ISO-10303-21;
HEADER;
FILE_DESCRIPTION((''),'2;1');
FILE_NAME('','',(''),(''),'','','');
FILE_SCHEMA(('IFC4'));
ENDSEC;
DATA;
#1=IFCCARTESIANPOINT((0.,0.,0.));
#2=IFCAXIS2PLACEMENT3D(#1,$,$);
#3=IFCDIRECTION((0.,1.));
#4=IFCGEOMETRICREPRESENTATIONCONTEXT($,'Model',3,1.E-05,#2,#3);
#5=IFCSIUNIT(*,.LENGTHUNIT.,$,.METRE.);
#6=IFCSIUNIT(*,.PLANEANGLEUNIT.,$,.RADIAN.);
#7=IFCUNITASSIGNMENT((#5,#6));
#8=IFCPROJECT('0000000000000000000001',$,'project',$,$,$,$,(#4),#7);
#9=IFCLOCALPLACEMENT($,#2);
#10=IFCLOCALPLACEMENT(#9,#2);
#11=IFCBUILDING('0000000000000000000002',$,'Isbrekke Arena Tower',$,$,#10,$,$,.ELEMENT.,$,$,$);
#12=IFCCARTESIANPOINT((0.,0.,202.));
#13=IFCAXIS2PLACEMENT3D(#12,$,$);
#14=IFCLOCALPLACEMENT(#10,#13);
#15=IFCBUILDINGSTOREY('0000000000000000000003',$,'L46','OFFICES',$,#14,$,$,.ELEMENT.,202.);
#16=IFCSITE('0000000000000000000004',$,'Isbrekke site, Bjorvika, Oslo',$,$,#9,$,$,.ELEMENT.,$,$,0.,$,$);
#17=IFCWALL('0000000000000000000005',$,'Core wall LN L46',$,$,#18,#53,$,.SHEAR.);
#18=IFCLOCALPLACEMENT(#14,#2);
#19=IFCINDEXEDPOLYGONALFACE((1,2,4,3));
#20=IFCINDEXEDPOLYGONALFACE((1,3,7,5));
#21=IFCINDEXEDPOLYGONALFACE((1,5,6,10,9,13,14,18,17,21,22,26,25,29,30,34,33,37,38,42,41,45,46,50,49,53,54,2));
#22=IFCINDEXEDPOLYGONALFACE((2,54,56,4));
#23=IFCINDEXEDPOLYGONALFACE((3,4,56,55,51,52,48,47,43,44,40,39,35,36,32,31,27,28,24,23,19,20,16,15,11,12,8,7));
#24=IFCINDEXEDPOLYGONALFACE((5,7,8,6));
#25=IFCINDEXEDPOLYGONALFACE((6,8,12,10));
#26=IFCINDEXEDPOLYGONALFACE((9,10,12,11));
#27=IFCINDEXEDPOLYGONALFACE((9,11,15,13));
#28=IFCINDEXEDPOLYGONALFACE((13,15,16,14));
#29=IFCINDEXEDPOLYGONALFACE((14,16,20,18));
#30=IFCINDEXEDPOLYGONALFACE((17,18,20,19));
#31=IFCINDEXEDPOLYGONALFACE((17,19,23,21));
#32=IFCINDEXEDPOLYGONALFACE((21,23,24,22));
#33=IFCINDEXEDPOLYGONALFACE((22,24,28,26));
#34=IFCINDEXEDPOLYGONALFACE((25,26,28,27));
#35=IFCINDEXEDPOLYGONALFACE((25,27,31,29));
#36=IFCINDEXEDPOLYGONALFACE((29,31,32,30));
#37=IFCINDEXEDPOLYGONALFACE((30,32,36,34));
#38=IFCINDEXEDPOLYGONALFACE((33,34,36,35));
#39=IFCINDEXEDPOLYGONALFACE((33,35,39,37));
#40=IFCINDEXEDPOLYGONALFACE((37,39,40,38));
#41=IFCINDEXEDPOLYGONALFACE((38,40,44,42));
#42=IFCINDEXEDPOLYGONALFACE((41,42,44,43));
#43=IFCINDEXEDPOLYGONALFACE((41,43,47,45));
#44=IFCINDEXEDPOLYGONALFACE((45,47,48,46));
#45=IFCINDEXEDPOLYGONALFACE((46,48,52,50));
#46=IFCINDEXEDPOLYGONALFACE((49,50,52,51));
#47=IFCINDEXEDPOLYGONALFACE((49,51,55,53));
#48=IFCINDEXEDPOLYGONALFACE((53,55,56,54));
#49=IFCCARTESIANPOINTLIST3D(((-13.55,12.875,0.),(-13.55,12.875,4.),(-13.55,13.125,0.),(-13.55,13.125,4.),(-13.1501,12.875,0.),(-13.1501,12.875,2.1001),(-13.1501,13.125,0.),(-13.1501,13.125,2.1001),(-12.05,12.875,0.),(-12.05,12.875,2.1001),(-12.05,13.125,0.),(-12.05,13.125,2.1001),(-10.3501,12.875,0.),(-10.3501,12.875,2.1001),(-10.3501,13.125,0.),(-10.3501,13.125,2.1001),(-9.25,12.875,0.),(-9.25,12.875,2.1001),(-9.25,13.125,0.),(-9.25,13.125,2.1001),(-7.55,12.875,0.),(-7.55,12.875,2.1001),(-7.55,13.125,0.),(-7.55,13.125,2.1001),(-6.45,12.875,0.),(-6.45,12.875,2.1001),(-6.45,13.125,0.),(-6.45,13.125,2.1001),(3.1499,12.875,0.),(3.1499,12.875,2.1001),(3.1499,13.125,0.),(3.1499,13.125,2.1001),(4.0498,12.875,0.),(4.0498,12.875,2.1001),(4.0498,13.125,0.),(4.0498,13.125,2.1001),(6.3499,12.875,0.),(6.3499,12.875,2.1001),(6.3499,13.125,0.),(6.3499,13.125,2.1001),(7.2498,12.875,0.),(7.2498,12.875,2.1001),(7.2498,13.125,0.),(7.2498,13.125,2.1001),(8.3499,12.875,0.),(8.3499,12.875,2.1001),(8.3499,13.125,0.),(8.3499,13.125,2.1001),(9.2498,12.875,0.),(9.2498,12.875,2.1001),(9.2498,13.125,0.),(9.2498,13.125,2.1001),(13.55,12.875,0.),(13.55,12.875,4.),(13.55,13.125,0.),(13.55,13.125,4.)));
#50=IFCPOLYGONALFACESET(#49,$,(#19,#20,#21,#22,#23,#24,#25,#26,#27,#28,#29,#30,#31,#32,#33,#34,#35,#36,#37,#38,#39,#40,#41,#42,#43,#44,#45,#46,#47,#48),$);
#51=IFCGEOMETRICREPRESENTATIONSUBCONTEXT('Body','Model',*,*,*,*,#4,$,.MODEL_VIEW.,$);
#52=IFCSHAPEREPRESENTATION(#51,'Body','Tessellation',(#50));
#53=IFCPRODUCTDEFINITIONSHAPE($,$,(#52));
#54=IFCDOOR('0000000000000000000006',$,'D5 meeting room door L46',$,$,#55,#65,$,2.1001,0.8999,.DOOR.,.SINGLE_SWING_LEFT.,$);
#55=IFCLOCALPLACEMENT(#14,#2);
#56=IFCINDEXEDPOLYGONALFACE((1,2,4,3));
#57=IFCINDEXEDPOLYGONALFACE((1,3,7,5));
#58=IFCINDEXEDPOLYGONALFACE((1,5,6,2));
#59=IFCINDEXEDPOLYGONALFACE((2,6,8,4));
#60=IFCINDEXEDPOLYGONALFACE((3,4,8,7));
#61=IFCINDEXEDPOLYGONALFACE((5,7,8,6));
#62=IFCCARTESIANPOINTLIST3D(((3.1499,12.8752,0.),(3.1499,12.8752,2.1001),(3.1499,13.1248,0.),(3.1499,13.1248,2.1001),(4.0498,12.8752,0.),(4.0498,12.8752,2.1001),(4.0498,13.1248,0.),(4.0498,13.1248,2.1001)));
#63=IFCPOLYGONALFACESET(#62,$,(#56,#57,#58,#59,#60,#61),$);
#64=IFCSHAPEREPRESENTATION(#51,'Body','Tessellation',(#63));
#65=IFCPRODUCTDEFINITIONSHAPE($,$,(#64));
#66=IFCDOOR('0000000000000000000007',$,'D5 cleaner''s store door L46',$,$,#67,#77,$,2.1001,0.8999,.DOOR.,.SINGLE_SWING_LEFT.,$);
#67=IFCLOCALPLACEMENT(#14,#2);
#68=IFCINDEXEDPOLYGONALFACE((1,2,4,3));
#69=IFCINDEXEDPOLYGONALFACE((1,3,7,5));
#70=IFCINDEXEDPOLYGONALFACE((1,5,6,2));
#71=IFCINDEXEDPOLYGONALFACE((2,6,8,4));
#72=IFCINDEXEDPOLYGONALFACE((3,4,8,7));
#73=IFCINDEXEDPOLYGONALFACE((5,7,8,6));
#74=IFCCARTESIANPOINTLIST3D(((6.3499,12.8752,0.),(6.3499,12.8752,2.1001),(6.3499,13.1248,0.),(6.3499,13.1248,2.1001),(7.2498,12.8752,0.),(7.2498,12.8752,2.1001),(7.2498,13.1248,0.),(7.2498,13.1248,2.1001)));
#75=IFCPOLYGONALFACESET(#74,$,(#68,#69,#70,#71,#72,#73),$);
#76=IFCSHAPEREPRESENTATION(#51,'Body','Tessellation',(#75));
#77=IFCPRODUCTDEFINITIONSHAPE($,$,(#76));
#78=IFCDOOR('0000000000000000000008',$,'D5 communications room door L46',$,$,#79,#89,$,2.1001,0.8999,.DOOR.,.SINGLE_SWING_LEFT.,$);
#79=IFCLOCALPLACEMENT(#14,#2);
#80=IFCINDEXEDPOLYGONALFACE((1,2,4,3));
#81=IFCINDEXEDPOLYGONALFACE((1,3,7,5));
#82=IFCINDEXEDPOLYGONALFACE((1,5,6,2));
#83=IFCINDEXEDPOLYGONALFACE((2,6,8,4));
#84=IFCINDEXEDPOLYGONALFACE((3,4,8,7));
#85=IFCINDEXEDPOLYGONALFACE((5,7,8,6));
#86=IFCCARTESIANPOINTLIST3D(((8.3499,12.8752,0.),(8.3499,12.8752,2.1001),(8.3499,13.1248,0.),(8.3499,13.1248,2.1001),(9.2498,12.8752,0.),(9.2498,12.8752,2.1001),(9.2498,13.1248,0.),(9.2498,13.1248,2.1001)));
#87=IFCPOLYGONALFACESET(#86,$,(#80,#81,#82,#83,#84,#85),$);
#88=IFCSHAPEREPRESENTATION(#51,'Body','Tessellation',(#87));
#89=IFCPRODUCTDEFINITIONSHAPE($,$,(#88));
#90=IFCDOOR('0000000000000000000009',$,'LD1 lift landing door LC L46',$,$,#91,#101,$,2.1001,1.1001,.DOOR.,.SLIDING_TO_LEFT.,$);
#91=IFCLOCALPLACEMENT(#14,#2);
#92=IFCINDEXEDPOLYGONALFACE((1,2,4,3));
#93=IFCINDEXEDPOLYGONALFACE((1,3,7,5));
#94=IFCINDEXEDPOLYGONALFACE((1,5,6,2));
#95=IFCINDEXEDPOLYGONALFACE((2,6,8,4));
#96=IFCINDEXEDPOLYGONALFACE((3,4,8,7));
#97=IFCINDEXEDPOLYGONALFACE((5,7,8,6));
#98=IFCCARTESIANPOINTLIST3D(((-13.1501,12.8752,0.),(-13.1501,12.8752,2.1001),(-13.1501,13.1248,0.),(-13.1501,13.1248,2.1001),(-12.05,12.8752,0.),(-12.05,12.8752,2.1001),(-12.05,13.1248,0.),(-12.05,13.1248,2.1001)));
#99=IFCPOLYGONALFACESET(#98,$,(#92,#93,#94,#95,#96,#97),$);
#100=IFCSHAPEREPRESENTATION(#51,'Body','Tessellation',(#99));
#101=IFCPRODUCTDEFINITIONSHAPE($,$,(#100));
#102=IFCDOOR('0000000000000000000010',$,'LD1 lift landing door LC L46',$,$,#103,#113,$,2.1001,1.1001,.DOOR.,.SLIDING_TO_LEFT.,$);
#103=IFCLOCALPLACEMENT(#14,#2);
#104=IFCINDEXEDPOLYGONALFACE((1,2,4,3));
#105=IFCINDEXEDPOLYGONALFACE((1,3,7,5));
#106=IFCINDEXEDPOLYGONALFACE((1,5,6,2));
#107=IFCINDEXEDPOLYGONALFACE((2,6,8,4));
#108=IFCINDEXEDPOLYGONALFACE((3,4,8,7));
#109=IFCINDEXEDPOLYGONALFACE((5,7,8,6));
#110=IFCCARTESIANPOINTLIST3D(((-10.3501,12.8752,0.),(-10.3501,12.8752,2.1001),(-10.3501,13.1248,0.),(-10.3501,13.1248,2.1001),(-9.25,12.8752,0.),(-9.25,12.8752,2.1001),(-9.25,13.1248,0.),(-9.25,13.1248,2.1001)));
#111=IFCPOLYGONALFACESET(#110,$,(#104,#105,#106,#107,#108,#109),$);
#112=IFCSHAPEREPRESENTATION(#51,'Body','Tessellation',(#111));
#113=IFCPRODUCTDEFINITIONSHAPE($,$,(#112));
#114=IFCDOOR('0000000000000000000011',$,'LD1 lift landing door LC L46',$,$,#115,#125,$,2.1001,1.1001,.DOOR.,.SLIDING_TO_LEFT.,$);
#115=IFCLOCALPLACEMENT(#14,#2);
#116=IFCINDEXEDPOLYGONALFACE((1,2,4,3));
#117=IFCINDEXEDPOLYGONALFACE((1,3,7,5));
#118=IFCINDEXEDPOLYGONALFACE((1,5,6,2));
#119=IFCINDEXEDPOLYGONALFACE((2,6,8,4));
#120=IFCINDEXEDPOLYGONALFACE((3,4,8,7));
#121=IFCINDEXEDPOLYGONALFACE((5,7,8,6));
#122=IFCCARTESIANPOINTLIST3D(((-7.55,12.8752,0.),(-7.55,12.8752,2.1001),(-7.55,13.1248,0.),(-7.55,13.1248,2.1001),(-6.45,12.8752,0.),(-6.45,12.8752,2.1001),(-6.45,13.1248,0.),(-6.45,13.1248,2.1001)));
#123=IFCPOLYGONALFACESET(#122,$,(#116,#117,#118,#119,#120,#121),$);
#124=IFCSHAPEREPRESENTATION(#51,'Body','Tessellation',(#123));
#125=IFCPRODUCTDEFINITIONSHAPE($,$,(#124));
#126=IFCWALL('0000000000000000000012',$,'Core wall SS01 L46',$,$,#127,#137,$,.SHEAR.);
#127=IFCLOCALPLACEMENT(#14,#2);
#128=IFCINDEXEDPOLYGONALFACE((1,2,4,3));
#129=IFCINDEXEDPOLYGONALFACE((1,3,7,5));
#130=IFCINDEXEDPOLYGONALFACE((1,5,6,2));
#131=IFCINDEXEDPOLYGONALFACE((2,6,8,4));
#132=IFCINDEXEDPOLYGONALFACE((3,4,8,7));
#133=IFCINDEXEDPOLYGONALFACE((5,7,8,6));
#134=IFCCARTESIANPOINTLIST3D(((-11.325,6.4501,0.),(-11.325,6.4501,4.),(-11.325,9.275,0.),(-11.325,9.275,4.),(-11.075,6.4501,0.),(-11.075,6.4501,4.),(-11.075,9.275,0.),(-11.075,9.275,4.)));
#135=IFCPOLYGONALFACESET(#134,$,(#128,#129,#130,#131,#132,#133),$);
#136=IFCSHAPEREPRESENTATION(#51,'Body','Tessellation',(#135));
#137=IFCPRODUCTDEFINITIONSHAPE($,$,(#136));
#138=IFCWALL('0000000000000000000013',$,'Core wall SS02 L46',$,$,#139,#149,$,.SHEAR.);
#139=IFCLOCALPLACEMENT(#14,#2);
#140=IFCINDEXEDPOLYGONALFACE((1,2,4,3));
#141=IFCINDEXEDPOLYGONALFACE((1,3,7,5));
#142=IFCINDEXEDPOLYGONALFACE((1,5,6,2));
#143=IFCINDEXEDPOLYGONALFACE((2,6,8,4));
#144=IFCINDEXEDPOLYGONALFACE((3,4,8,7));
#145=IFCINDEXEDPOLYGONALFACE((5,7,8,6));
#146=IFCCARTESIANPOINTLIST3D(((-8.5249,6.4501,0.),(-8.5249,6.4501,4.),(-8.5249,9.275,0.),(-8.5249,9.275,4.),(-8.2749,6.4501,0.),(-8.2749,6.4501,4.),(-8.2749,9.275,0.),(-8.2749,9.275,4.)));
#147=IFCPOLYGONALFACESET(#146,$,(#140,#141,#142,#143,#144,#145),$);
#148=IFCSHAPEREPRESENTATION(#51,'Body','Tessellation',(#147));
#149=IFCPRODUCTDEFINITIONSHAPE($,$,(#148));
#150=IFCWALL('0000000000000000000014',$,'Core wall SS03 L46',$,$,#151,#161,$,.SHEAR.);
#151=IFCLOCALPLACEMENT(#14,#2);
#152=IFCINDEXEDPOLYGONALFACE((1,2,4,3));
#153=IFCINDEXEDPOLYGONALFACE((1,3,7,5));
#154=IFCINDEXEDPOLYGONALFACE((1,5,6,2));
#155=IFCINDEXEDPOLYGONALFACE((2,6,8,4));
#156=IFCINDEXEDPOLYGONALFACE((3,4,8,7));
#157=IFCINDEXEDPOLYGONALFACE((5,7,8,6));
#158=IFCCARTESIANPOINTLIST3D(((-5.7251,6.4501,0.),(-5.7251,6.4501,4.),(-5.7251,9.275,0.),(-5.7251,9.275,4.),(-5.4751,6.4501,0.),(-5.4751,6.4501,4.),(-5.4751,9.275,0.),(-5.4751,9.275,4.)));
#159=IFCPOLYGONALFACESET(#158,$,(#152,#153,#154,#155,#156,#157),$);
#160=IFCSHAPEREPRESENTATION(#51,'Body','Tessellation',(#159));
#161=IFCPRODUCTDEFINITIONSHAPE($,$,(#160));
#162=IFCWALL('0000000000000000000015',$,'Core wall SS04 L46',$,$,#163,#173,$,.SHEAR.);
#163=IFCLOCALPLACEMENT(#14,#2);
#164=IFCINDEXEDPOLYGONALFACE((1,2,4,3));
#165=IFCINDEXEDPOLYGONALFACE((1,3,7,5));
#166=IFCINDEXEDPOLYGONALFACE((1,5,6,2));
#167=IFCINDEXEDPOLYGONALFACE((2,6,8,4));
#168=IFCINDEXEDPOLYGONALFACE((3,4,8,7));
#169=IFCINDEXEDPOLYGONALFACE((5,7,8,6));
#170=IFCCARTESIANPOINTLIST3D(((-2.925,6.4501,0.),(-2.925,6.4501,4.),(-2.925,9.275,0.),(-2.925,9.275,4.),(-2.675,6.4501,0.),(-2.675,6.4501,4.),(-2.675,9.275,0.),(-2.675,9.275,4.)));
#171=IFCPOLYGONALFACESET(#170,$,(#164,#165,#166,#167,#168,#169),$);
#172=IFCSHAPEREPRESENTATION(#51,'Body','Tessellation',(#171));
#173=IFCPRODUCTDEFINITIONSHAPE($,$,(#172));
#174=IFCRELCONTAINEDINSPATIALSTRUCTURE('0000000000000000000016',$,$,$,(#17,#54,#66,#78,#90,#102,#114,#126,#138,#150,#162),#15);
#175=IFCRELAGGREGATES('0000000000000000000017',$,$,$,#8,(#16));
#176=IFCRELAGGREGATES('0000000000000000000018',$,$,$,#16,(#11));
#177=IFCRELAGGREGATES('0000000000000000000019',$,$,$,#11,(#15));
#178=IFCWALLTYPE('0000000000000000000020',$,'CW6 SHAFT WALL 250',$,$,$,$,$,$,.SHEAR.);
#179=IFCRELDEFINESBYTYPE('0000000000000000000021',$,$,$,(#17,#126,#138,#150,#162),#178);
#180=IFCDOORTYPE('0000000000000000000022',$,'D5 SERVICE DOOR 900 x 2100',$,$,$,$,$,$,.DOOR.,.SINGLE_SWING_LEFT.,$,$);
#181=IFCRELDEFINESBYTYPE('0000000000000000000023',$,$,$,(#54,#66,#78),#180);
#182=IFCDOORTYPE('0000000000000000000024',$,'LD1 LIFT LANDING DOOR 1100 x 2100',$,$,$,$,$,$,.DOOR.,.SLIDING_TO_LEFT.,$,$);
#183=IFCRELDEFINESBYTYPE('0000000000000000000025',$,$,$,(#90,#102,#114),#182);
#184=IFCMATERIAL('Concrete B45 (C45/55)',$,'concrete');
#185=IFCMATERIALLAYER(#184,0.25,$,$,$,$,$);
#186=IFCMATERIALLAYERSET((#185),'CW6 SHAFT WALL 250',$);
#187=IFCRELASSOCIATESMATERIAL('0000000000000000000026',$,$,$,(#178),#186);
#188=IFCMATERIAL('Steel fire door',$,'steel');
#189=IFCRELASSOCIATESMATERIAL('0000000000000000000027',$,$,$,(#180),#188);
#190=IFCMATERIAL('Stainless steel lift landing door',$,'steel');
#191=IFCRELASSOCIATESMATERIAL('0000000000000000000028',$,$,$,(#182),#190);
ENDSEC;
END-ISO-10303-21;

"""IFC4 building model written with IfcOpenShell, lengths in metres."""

from ifc_helpers import new_model, si_unit, direction, frame, frame_2d, origin, place, context, subcontext, project, spatial, rectangle, extrude, material, layer, layer_set, type_object, element, fill, save


model = new_model("IFC4")

# Units and contexts
model_context = context("Model", 3, precision=1e-05, world=origin(), true_north=direction((0.0, 1.0)))
body_context = subcontext(model_context, "Body", "Model", "MODEL_VIEW")
ifc_project = project(units=[si_unit("LENGTHUNIT", "METRE"), si_unit("PLANEANGLEUNIT", "RADIAN")], contexts=[model_context])

# Site, building, storey
site_placement = place(None, origin())
site = spatial("IfcSite", under=ifc_project, at=site_placement, Name="Isbrekke site, Bjorvika, Oslo", CompositionType="ELEMENT", RefElevation=0.0)
building_placement = place(site_placement, origin())
building = spatial("IfcBuilding", under=site, at=building_placement, Name="Isbrekke Arena Tower", CompositionType="ELEMENT")
storey_placement = place(building_placement, frame((0.0, 0.0, 202.0)))
storey = spatial("IfcBuildingStorey", under=building, at=storey_placement, Name="L46", Description="OFFICES", CompositionType="ELEMENT", Elevation=202.0)

# Wall, openings, doors
ifc_material_1 = material(Name="Concrete B45 (C45/55)", Category="concrete")
ifc_layer_1 = layer(ifc_material_1, 0.25)
ifc_layer_set_1 = layer_set([ifc_layer_1], Name="CW6 SHAFT WALL 250")
wall_type_1 = type_object("IfcWallType", Name="CW6 SHAFT WALL 250", PredefinedType="SHEAR", material=ifc_layer_set_1)
ifc_material_2 = material(Name="Steel fire door", Category="steel")
door_type_1 = type_object("IfcDoorType", Name="D5 SERVICE DOOR 900 x 2100", OperationType="SINGLE_SWING_LEFT", PredefinedType="DOOR", material=ifc_material_2)
ifc_material_3 = material(Name="Stainless steel lift landing door", Category="steel")
door_type_2 = type_object("IfcDoorType", Name="LD1 LIFT LANDING DOOR 1100 x 2100", OperationType="SLIDING_TO_LEFT", PredefinedType="DOOR", material=ifc_material_3)
wall_1_placement = place(storey_placement, frame((-13.55, 13.0, 0.0), z_axis=(0.0, 0.0, 1.0), x_axis=(1.0, 0.0, 0.0)))
wall_1 = element("IfcWall", 1, at=wall_1_placement, inside=storey, type_object=wall_type_1, Name="Core wall LN L46", PredefinedType="SHEAR", context=body_context, shape_type="SweptSolid", body=[
    extrude(rectangle(XDim=27.1001, YDim=0.25, at=frame_2d((13.55, 0.0))), origin(), (0.0, 0.0, 1.0), 4.0),
])
opening_1_placement = place(wall_1_placement, frame((0.3999, 0.0, 0.0)))
opening_1 = element("IfcOpeningElement", 2, at=opening_1_placement, cuts=wall_1, PredefinedType="OPENING", context=body_context, shape_type="SweptSolid", body=[
    extrude(rectangle(XDim=1.1001, YDim=2.1001, at=frame_2d((0.55, 1.05))), frame((0.0, 0.1399, 0.0), z_axis=(0.0, -1.0, 0.0), x_axis=(1.0, 0.0, 0.0)), (0.0, 0.0, 1.0), 0.2798),
])
opening_2_placement = place(wall_1_placement, frame((3.2, 0.0, 0.0)))
opening_2 = element("IfcOpeningElement", 3, at=opening_2_placement, cuts=wall_1, PredefinedType="OPENING", context=body_context, shape_type="SweptSolid", body=[
    extrude(rectangle(XDim=1.1001, YDim=2.1001, at=frame_2d((0.55, 1.05))), frame((0.0, 0.1399, 0.0), z_axis=(0.0, -1.0, 0.0), x_axis=(1.0, 0.0, 0.0)), (0.0, 0.0, 1.0), 0.2798),
])
opening_3_placement = place(wall_1_placement, frame((6.0, 0.0, 0.0)))
opening_3 = element("IfcOpeningElement", 4, at=opening_3_placement, cuts=wall_1, PredefinedType="OPENING", context=body_context, shape_type="SweptSolid", body=[
    extrude(rectangle(XDim=1.1001, YDim=2.1001, at=frame_2d((0.55, 1.05))), frame((0.0, 0.1399, 0.0), z_axis=(0.0, -1.0, 0.0), x_axis=(1.0, 0.0, 0.0)), (0.0, 0.0, 1.0), 0.2798),
])
opening_4_placement = place(wall_1_placement, frame((16.7, 0.0, 0.0)))
opening_4 = element("IfcOpeningElement", 5, at=opening_4_placement, cuts=wall_1, PredefinedType="OPENING", context=body_context, shape_type="SweptSolid", body=[
    extrude(rectangle(XDim=0.8999, YDim=2.1001, at=frame_2d((0.45, 1.05))), frame((0.0, 0.1399, 0.0), z_axis=(0.0, -1.0, 0.0), x_axis=(1.0, 0.0, 0.0)), (0.0, 0.0, 1.0), 0.2798),
])
opening_5_placement = place(wall_1_placement, frame((19.8999, 0.0, 0.0)))
opening_5 = element("IfcOpeningElement", 6, at=opening_5_placement, cuts=wall_1, PredefinedType="OPENING", context=body_context, shape_type="SweptSolid", body=[
    extrude(rectangle(XDim=0.8999, YDim=2.1001, at=frame_2d((0.45, 1.05))), frame((0.0, 0.1399, 0.0), z_axis=(0.0, -1.0, 0.0), x_axis=(1.0, 0.0, 0.0)), (0.0, 0.0, 1.0), 0.2798),
])
opening_6_placement = place(wall_1_placement, frame((21.8999, 0.0, 0.0)))
opening_6 = element("IfcOpeningElement", 7, at=opening_6_placement, cuts=wall_1, PredefinedType="OPENING", context=body_context, shape_type="SweptSolid", body=[
    extrude(rectangle(XDim=0.8999, YDim=2.1001, at=frame_2d((0.45, 1.05))), frame((0.0, 0.1399, 0.0), z_axis=(0.0, -1.0, 0.0), x_axis=(1.0, 0.0, 0.0)), (0.0, 0.0, 1.0), 0.2798),
])
door_1_placement = place(opening_4_placement, origin())
door_1 = element("IfcDoor", 8, at=door_1_placement, inside=storey, type_object=door_type_1, Name="D5 meeting room door L46", OperationType="SINGLE_SWING_LEFT", OverallHeight=2.1001, OverallWidth=0.8999, PredefinedType="DOOR", context=body_context, shape_type="SweptSolid", body=[
    extrude(rectangle(XDim=0.8999, YDim=2.1001, at=frame_2d((0.45, 1.05))), frame((0.0, 0.1248, 0.0), z_axis=(0.0, -1.0, 0.0), x_axis=(1.0, 0.0, 0.0)), (0.0, 0.0, 1.0), 0.2495),
])
fill(opening_4, door_1)
door_2_placement = place(opening_5_placement, origin())
door_2 = element("IfcDoor", 9, at=door_2_placement, inside=storey, type_object=door_type_1, Name="D5 cleaner's store door L46", OperationType="SINGLE_SWING_LEFT", OverallHeight=2.1001, OverallWidth=0.8999, PredefinedType="DOOR", context=body_context, shape_type="SweptSolid", body=[
    extrude(rectangle(XDim=0.8999, YDim=2.1001, at=frame_2d((0.45, 1.05))), frame((0.0, 0.1248, 0.0), z_axis=(0.0, -1.0, 0.0), x_axis=(1.0, 0.0, 0.0)), (0.0, 0.0, 1.0), 0.2495),
])
fill(opening_5, door_2)
door_3_placement = place(opening_6_placement, origin())
door_3 = element("IfcDoor", 10, at=door_3_placement, inside=storey, type_object=door_type_1, Name="D5 communications room door L46", OperationType="SINGLE_SWING_LEFT", OverallHeight=2.1001, OverallWidth=0.8999, PredefinedType="DOOR", context=body_context, shape_type="SweptSolid", body=[
    extrude(rectangle(XDim=0.8999, YDim=2.1001, at=frame_2d((0.45, 1.05))), frame((0.0, 0.1248, 0.0), z_axis=(0.0, -1.0, 0.0), x_axis=(1.0, 0.0, 0.0)), (0.0, 0.0, 1.0), 0.2495),
])
fill(opening_6, door_3)
door_4_placement = place(opening_1_placement, origin())
door_4 = element("IfcDoor", 11, at=door_4_placement, inside=storey, type_object=door_type_2, Name="LD1 lift landing door LC L46", OperationType="SLIDING_TO_LEFT", OverallHeight=2.1001, OverallWidth=1.1001, PredefinedType="DOOR", context=body_context, shape_type="SweptSolid", body=[
    extrude(rectangle(XDim=1.1001, YDim=2.1001, at=frame_2d((0.55, 1.05))), frame((0.0, 0.1248, 0.0), z_axis=(0.0, -1.0, 0.0), x_axis=(1.0, 0.0, 0.0)), (0.0, 0.0, 1.0), 0.2495),
])
fill(opening_1, door_4)
door_5_placement = place(opening_2_placement, origin())
door_5 = element("IfcDoor", 12, at=door_5_placement, inside=storey, type_object=door_type_2, Name="LD1 lift landing door LC L46", OperationType="SLIDING_TO_LEFT", OverallHeight=2.1001, OverallWidth=1.1001, PredefinedType="DOOR", context=body_context, shape_type="SweptSolid", body=[
    extrude(rectangle(XDim=1.1001, YDim=2.1001, at=frame_2d((0.55, 1.05))), frame((0.0, 0.1248, 0.0), z_axis=(0.0, -1.0, 0.0), x_axis=(1.0, 0.0, 0.0)), (0.0, 0.0, 1.0), 0.2495),
])
fill(opening_2, door_5)
door_6_placement = place(opening_3_placement, origin())
door_6 = element("IfcDoor", 13, at=door_6_placement, inside=storey, type_object=door_type_2, Name="LD1 lift landing door LC L46", OperationType="SLIDING_TO_LEFT", OverallHeight=2.1001, OverallWidth=1.1001, PredefinedType="DOOR", context=body_context, shape_type="SweptSolid", body=[
    extrude(rectangle(XDim=1.1001, YDim=2.1001, at=frame_2d((0.55, 1.05))), frame((0.0, 0.1248, 0.0), z_axis=(0.0, -1.0, 0.0), x_axis=(1.0, 0.0, 0.0)), (0.0, 0.0, 1.0), 0.2495),
])
fill(opening_3, door_6)

# Walls
for number, where, z_axis, x_axis, name in (
    (14, (-11.2, 6.45, 0.0), (0.0, 0.0, 1.0), (0.0, 1.0, 0.0), "Core wall SS01 L46"),
    (15, (-8.3999, 6.45, 0.0), (0.0, 0.0, 1.0), (0.0, 1.0, 0.0), "Core wall SS02 L46"),
    (16, (-5.6001, 6.45, 0.0), (0.0, 0.0, 1.0), (0.0, 1.0, 0.0), "Core wall SS03 L46"),
    (17, (-2.8, 6.45, 0.0), (0.0, 0.0, 1.0), (0.0, 1.0, 0.0), "Core wall SS04 L46"),
):
    element("IfcWall", number, at=place(storey_placement, frame(where, z_axis=z_axis, x_axis=x_axis)), inside=storey, type_object=wall_type_1, Name=name, PredefinedType="SHEAR", context=body_context, shape_type="SweptSolid", body=[
        extrude(rectangle(XDim=2.825, YDim=0.25, at=frame_2d((1.4126, 0.0))), origin(), (0.0, 0.0, 1.0), 4.0),
    ])

save(model, "model.ifc")
